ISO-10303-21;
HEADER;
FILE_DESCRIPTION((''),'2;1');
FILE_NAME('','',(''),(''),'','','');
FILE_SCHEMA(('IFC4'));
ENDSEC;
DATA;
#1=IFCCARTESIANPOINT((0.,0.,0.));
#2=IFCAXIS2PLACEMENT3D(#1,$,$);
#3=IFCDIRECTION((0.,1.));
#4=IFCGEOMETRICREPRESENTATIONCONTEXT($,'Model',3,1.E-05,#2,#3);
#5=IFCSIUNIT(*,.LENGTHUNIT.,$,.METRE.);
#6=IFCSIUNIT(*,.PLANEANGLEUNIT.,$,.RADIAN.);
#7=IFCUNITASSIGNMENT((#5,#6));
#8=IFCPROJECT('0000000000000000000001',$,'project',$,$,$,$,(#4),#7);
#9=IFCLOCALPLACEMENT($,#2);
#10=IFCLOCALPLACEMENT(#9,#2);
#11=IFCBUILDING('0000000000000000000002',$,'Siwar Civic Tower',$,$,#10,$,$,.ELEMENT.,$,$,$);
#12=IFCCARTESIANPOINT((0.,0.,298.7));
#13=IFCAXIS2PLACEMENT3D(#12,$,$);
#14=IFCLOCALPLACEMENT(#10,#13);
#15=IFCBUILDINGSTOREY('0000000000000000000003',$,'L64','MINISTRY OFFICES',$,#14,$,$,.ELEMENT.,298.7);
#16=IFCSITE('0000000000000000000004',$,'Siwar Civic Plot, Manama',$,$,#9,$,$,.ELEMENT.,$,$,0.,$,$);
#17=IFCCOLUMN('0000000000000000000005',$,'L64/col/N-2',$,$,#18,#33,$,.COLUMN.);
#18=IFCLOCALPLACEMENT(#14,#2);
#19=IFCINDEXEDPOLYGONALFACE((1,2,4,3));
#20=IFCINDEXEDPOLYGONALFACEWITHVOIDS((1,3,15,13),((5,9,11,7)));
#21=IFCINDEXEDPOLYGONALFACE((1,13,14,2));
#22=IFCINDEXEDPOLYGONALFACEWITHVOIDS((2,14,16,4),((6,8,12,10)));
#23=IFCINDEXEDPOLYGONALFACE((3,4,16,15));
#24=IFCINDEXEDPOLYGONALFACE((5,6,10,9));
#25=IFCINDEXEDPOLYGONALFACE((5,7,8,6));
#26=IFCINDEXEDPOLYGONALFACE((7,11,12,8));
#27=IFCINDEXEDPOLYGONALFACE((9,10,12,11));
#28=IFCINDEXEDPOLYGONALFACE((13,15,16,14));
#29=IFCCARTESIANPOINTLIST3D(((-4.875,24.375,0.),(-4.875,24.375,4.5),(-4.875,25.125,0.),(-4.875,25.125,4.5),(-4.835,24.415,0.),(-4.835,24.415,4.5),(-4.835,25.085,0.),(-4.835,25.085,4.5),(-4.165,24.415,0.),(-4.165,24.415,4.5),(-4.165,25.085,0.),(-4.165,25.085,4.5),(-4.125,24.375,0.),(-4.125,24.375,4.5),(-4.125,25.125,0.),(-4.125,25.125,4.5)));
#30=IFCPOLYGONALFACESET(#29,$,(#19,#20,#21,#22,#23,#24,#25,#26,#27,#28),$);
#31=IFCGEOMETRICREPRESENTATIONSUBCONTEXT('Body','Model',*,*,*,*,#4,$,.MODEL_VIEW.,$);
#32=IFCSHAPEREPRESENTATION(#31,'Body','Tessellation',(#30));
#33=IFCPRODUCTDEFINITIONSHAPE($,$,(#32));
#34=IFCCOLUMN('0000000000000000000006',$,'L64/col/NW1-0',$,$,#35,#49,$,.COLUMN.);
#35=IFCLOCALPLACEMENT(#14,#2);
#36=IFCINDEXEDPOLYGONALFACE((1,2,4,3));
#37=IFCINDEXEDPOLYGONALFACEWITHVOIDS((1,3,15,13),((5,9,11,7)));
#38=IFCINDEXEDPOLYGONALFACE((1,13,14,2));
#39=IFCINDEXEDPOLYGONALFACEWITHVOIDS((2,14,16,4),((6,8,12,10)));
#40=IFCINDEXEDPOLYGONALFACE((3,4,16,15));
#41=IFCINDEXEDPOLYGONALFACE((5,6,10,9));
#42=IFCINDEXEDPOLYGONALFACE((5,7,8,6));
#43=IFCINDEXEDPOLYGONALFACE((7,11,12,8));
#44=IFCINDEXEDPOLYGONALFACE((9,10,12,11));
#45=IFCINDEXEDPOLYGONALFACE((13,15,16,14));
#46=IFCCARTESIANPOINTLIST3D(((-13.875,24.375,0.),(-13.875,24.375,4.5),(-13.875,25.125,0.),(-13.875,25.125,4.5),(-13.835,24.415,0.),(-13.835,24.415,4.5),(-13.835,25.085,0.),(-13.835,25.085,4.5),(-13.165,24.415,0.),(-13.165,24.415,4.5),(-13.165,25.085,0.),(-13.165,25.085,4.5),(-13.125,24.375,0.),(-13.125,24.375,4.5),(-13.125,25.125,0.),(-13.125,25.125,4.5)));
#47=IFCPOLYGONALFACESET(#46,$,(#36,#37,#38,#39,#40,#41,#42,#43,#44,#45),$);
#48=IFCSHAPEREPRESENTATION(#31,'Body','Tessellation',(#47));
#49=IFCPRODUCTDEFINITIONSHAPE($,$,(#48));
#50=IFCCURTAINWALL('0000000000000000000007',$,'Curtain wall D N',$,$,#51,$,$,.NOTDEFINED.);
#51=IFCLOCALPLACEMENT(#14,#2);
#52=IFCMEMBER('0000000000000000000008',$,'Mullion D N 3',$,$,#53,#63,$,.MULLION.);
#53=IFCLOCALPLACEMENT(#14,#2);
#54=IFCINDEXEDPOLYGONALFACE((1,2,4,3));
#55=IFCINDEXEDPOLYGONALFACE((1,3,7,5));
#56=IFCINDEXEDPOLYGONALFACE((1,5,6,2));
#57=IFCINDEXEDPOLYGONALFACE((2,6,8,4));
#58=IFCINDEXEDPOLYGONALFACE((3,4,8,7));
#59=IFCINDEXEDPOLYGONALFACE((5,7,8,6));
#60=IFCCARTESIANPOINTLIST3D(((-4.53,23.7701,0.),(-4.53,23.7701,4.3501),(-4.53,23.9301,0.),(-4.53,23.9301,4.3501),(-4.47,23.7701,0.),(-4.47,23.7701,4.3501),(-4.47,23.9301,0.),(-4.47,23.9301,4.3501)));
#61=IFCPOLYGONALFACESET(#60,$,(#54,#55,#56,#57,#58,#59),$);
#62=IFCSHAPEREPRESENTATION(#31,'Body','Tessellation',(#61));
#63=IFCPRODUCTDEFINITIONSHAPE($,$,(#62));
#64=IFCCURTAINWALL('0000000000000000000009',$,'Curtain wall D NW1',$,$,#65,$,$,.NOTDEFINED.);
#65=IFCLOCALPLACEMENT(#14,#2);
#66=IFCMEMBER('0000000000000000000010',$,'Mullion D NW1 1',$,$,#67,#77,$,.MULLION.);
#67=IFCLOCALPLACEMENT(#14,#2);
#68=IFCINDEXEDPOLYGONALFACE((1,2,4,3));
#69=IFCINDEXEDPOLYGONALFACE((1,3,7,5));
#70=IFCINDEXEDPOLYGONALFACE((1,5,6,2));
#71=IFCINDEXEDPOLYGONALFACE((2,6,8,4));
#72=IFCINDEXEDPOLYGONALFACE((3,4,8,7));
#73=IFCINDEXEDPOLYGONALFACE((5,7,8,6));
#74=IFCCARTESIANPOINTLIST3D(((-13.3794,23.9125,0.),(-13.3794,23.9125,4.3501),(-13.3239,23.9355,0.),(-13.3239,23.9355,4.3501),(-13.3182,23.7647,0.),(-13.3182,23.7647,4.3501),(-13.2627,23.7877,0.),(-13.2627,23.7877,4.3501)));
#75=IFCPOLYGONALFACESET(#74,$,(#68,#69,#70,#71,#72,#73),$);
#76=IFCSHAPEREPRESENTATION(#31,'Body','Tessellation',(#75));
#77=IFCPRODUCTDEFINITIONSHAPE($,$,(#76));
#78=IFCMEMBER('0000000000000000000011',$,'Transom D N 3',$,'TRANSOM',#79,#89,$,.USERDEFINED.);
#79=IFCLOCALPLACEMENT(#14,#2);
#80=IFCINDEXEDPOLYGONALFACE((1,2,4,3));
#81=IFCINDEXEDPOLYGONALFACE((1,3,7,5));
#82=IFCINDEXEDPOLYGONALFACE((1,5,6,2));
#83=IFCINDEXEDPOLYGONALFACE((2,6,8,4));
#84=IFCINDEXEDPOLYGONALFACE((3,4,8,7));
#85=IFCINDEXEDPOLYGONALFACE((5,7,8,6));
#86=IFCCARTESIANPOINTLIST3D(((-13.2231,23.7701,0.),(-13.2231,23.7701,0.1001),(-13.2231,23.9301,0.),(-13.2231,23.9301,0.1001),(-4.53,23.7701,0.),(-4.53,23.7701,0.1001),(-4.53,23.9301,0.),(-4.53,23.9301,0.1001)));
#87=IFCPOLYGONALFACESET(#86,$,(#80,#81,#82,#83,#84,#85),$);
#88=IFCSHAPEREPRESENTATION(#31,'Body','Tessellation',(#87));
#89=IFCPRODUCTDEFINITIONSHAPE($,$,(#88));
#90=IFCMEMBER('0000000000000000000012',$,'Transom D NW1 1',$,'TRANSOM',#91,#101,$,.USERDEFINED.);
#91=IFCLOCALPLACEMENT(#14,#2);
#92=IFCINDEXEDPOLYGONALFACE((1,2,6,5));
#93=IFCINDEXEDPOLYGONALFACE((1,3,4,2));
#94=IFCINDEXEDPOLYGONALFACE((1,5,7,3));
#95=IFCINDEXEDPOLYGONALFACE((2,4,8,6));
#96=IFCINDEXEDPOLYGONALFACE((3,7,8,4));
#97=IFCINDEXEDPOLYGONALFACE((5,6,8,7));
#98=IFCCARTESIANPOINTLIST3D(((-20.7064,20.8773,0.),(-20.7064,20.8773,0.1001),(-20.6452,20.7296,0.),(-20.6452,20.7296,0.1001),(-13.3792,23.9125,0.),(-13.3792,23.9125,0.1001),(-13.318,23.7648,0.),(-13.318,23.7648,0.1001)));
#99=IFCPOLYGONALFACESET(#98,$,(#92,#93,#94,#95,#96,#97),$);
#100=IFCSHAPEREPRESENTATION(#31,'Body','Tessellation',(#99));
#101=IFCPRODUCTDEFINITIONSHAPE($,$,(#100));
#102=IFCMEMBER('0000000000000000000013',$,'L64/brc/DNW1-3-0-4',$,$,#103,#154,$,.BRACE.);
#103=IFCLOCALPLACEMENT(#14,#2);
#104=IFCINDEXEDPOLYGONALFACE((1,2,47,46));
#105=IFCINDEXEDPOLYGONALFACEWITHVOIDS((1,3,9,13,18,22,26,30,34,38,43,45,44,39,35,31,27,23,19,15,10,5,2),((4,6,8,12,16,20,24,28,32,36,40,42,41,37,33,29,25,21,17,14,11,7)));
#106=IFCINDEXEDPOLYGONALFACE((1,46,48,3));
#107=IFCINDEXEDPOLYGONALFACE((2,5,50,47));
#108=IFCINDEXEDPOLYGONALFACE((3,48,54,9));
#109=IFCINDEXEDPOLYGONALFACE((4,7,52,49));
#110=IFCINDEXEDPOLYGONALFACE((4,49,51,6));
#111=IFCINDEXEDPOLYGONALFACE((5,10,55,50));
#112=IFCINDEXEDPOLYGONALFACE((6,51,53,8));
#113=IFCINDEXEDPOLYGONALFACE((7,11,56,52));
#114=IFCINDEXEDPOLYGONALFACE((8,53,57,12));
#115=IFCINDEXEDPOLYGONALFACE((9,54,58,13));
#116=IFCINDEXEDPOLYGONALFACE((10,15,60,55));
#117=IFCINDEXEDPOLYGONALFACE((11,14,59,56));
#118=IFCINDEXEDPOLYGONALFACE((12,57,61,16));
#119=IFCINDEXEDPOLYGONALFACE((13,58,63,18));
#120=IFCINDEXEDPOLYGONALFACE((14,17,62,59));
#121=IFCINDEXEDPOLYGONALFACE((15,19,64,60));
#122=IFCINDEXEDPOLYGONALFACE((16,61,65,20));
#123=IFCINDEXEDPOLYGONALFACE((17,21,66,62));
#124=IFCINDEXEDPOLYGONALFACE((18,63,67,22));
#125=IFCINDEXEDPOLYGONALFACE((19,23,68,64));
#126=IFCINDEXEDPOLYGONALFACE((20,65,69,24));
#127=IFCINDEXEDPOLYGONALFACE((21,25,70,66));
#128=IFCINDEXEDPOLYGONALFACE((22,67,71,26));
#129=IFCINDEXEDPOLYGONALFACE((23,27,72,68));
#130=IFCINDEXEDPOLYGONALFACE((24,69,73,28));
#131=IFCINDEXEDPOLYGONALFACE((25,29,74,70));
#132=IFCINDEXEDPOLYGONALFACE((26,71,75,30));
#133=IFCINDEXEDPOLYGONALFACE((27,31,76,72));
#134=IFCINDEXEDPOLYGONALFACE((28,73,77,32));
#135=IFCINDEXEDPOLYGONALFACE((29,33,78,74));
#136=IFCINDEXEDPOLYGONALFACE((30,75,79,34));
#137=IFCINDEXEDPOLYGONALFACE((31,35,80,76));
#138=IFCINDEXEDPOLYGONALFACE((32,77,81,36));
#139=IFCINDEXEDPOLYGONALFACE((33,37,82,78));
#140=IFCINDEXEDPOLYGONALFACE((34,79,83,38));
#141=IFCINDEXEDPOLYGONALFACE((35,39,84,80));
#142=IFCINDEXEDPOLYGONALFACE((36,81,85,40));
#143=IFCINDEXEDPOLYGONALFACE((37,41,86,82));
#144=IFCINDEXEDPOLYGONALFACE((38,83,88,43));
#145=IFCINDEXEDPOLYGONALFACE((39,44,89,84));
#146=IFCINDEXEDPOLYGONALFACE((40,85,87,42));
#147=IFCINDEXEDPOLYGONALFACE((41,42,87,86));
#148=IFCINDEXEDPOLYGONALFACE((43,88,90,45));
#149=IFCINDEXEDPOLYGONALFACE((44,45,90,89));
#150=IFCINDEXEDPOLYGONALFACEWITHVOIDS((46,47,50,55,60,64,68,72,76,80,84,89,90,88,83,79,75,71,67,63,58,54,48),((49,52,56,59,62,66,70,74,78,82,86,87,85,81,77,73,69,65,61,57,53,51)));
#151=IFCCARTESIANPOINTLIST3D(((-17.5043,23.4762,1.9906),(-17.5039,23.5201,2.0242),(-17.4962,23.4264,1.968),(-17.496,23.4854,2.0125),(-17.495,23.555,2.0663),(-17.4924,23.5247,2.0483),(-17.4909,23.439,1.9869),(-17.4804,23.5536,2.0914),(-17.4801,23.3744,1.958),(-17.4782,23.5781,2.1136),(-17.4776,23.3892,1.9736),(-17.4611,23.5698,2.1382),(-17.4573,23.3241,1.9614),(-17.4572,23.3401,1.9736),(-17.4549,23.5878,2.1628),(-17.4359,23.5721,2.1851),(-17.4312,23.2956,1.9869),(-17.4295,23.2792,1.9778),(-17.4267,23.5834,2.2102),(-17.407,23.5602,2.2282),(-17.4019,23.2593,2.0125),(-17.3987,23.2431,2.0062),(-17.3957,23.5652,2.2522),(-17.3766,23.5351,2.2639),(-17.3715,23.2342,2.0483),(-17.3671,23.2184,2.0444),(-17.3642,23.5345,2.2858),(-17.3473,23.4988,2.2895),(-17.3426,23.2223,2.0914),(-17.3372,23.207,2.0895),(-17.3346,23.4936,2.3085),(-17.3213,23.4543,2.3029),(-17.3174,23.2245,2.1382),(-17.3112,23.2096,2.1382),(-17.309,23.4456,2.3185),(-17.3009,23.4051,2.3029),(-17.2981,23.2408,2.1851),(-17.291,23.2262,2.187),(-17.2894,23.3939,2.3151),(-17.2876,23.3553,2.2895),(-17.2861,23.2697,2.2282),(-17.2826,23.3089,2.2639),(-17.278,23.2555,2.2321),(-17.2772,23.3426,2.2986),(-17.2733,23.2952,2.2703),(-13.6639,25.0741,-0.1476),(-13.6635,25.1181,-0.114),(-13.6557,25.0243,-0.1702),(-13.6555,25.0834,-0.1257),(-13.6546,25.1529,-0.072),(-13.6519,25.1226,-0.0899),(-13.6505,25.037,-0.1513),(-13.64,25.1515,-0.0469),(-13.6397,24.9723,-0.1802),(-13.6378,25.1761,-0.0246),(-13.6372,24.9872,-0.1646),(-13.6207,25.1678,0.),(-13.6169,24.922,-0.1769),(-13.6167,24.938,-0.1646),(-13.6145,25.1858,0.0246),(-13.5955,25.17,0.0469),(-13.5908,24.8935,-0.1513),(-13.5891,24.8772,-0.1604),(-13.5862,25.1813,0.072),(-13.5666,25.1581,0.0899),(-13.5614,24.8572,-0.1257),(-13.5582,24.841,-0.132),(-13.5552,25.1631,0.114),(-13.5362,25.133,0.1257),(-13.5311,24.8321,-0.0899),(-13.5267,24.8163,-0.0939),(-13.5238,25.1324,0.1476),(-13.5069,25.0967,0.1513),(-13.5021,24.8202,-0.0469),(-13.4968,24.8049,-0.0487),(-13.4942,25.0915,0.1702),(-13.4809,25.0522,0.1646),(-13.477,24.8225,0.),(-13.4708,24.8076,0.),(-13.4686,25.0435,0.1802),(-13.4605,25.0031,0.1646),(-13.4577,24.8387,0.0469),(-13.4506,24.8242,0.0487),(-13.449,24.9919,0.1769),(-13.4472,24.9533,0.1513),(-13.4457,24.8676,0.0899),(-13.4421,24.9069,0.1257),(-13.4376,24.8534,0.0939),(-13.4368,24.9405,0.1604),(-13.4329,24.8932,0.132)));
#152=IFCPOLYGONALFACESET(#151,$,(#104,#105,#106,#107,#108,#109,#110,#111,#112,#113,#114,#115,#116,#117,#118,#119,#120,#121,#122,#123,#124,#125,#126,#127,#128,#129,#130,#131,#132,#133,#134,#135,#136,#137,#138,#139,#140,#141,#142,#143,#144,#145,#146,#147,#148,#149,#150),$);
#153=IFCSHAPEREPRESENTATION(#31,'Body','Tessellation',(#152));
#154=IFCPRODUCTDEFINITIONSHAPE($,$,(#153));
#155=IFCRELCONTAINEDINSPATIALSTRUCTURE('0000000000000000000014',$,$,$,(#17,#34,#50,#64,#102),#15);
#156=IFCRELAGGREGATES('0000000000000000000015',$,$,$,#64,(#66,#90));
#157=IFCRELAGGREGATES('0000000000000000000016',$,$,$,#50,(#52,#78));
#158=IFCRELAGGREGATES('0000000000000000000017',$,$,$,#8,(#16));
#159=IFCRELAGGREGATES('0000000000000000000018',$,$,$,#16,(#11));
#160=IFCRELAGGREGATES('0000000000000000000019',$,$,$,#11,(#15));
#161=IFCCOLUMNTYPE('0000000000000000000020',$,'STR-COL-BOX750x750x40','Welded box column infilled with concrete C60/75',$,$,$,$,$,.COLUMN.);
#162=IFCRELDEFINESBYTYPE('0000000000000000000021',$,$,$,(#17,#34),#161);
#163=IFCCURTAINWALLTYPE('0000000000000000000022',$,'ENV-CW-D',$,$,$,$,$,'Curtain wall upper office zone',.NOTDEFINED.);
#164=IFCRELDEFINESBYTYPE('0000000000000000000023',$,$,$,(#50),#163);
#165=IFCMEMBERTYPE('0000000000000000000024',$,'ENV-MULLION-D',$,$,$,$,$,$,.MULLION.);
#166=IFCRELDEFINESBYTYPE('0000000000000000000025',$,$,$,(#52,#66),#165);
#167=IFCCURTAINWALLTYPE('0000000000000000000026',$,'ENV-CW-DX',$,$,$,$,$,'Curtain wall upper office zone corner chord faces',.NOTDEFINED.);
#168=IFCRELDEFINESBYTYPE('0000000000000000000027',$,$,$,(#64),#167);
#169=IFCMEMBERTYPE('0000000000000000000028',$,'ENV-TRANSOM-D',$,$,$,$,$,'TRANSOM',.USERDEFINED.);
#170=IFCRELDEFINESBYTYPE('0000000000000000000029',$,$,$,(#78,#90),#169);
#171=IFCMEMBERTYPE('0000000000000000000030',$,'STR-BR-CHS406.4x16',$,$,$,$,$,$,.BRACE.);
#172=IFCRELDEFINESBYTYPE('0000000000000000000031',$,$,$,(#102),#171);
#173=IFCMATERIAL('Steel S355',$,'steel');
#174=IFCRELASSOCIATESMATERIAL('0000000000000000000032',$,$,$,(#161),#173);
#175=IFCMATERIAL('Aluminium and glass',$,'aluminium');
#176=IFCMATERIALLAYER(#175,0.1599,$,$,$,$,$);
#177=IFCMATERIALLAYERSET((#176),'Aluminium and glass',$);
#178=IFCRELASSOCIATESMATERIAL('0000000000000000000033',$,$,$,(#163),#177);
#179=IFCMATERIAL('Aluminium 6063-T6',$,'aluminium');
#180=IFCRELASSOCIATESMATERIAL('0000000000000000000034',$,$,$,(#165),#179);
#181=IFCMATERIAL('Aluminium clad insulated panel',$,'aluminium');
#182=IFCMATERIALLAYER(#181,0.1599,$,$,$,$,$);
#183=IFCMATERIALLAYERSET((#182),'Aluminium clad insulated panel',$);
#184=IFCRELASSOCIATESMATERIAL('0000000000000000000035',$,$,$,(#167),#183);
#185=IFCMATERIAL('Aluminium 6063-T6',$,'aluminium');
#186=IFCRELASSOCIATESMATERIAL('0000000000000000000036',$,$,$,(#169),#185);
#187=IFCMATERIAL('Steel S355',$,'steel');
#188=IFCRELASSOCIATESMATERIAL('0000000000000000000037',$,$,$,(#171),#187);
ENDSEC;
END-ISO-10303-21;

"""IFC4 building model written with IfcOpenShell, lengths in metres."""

from ifc_helpers import new_model, si_unit, direction, frame, origin, origin_2d, place, context, subcontext, project, spatial, rectangle, hollow_rectangle, hollow_circle, extrude, material, layer, layer_set, material_profile, profile_set, type_object, element, aggregate, save


model = new_model("IFC4")

# Units and contexts
model_context = context("Model", 3, precision=1e-05, world=origin(), true_north=direction((0.0, 1.0)))
body_context = subcontext(model_context, "Body", "Model", "MODEL_VIEW")
ifc_project = project(units=[si_unit("LENGTHUNIT", "METRE"), si_unit("PLANEANGLEUNIT", "RADIAN")], contexts=[model_context])

# Site, building, storey
site_placement = place(None, origin())
site = spatial("IfcSite", under=ifc_project, at=site_placement, Name="Siwar Civic Plot, Manama", CompositionType="ELEMENT", RefElevation=0.0)
building_placement = place(site_placement, origin())
building = spatial("IfcBuilding", under=site, at=building_placement, Name="Siwar Civic Tower", CompositionType="ELEMENT")
storey_placement = place(building_placement, frame((0.0, 0.0, 298.7)))
storey = spatial("IfcBuildingStorey", under=building, at=storey_placement, Name="L64", Description="MINISTRY OFFICES", CompositionType="ELEMENT", Elevation=298.7)

# Columns
ifc_material_1 = material(Name="Steel S355", Category="steel")
ifc_material_profile_1 = material_profile(ifc_material_1, hollow_rectangle(XDim=0.75, YDim=0.75, WallThickness=0.04, at=origin_2d()), Name="BOX750x750x40")
ifc_profile_set_1 = profile_set([ifc_material_profile_1], Name="Steel S355")
column_type = type_object("IfcColumnType", Name="STR-COL-BOX750x750x40", Description="Welded box column infilled with concrete C60/75", PredefinedType="COLUMN", material=ifc_profile_set_1)
for number, where, z_axis, x_axis, name in (
    (1, (-4.5, 24.75, 0.0), (0.0, 0.0, 1.0), (1.0, 0.0, 0.0), "L64/col/N-2"),
    (2, (-13.5, 24.75, 0.0), (0.0, 0.0, 1.0), (1.0, 0.0, 0.0), "L64/col/NW1-0"),
):
    element("IfcColumn", number, at=place(storey_placement, frame(where, z_axis=z_axis, x_axis=x_axis)), inside=storey, type_object=column_type, Name=name, PredefinedType="COLUMN", context=body_context, shape_type="SweptSolid", body=[
        extrude(hollow_rectangle(XDim=0.75, YDim=0.75, WallThickness=0.04, at=origin_2d()), origin(), (0.0, 0.0, 1.0), 4.5),
    ])

# Curtain walls, members
ifc_material_2 = material(Name="Aluminium and glass", Category="aluminium")
ifc_layer_1 = layer(ifc_material_2, 0.1599)
ifc_layer_set_1 = layer_set([ifc_layer_1], Name="Aluminium and glass")
curtain_wall_type_1 = type_object("IfcCurtainWallType", Name="ENV-CW-D", ElementType="Curtain wall upper office zone", PredefinedType="NOTDEFINED", material=ifc_layer_set_1)
curtain_wall_1_placement = place(storey_placement, origin())
curtain_wall_1 = element("IfcCurtainWall", 3, at=curtain_wall_1_placement, inside=storey, type_object=curtain_wall_type_1, Name="Curtain wall D N", PredefinedType="NOTDEFINED")
ifc_material_3 = material(Name="Aluminium 6063-T6", Category="aluminium")
ifc_material_profile_2 = material_profile(ifc_material_3, rectangle(XDim=0.1599, YDim=0.0601, at=origin_2d()), Name="AL 160x60")
ifc_profile_set_2 = profile_set([ifc_material_profile_2], Name="Aluminium 6063-T6")
member_type_1 = type_object("IfcMemberType", Name="ENV-MULLION-D", PredefinedType="MULLION", material=ifc_profile_set_2)
member_1_placement = place(storey_placement, frame((-4.5, 23.8501, 0.0), z_axis=(0.0, 0.0, 1.0), x_axis=(0.0, -1.0, 0.0)))
member_1 = element("IfcMember", 4, at=member_1_placement, type_object=member_type_1, Name="Mullion D N 3", PredefinedType="MULLION", context=body_context, shape_type="SweptSolid", body=[
    extrude(rectangle(XDim=0.1599, YDim=0.0601, at=origin_2d()), origin(), (0.0, 0.0, 1.0), 4.3501),
])
ifc_material_4 = material(Name="Aluminium clad insulated panel", Category="aluminium")
ifc_layer_2 = layer(ifc_material_4, 0.1599)
ifc_layer_set_2 = layer_set([ifc_layer_2], Name="Aluminium clad insulated panel")
curtain_wall_type_2 = type_object("IfcCurtainWallType", Name="ENV-CW-DX", ElementType="Curtain wall upper office zone corner chord faces", PredefinedType="NOTDEFINED", material=ifc_layer_set_2)
curtain_wall_2_placement = place(storey_placement, origin())
curtain_wall_2 = element("IfcCurtainWall", 5, at=curtain_wall_2_placement, inside=storey, type_object=curtain_wall_type_2, Name="Curtain wall D NW1", PredefinedType="NOTDEFINED")
member_2_placement = place(storey_placement, frame((-13.321, 23.8501, 0.0), z_axis=(0.0, 0.0, 1.0), x_axis=(0.382683, -0.92388, 0.0)))
member_2 = element("IfcMember", 6, at=member_2_placement, type_object=member_type_1, Name="Mullion D NW1 1", PredefinedType="MULLION", context=body_context, shape_type="SweptSolid", body=[
    extrude(rectangle(XDim=0.1599, YDim=0.0601, at=origin_2d()), origin(), (0.0, 0.0, 1.0), 4.3501),
])

# Members
ifc_material_5 = material(Name="Aluminium 6063-T6", Category="aluminium")
ifc_material_profile_3 = material_profile(ifc_material_5, rectangle(XDim=0.1599, YDim=0.1001, at=origin_2d()), Name="AL 160x100")
ifc_profile_set_3 = profile_set([ifc_material_profile_3], Name="Aluminium 6063-T6")
member_type_2 = type_object("IfcMemberType", Name="ENV-TRANSOM-D", ElementType="TRANSOM", PredefinedType="USERDEFINED", material=ifc_profile_set_3)
member_3_placement = place(storey_placement, frame((-4.53, 23.8501, 0.05), z_axis=(-1.0, 0.0, 0.0), x_axis=(0.0, -1.0, 0.0)))
member_3 = element("IfcMember", 7, at=member_3_placement, type_object=member_type_2, Name="Transom D N 3", ObjectType="TRANSOM", PredefinedType="USERDEFINED", context=body_context, shape_type="SweptSolid", body=[
    extrude(rectangle(XDim=0.1599, YDim=0.1001, at=origin_2d()), origin(), (0.0, 0.0, 1.0), 8.6931),
])
member_4_placement = place(storey_placement, frame((-13.3486, 23.8386, 0.05), z_axis=(-0.923873, -0.3827, 0.0), x_axis=(0.3827, -0.923873, 0.0)))
member_4 = element("IfcMember", 8, at=member_4_placement, type_object=member_type_2, Name="Transom D NW1 1", ObjectType="TRANSOM", PredefinedType="USERDEFINED", context=body_context, shape_type="SweptSolid", body=[
    extrude(rectangle(XDim=0.1599, YDim=0.1001, at=origin_2d()), origin(), (0.0, 0.0, 1.0), 7.9309),
])
aggregate(curtain_wall_2, [member_2, member_4])
ifc_material_6 = material(Name="Steel S355", Category="steel")
ifc_material_profile_4 = material_profile(ifc_material_6, hollow_circle(Radius=0.2031, WallThickness=0.0161, at=origin_2d()), Name="CHS406.4x16")
ifc_profile_set_4 = profile_set([ifc_material_profile_4], Name="Steel S355")
member_type_3 = type_object("IfcMemberType", Name="STR-BR-CHS406.4x16", PredefinedType="BRACE", material=ifc_profile_set_4)
member_5_placement = place(storey_placement, frame((-13.5488, 24.9951, 0.0), z_axis=(-0.82113, -0.341659, 0.457181), x_axis=(0.384157, -0.923268, 0.0)))
element("IfcMember", 9, at=member_5_placement, inside=storey, type_object=member_type_3, Name="L64/brc/DNW1-3-0-4", PredefinedType="BRACE", context=body_context, shape_type="SweptSolid", body=[
    extrude(hollow_circle(Radius=0.2031, WallThickness=0.0161, at=origin_2d()), origin(), (0.0, 0.0, 1.0), 4.677),
])

aggregate(curtain_wall_1, [member_1, member_3])

save(model, "model.ifc")
